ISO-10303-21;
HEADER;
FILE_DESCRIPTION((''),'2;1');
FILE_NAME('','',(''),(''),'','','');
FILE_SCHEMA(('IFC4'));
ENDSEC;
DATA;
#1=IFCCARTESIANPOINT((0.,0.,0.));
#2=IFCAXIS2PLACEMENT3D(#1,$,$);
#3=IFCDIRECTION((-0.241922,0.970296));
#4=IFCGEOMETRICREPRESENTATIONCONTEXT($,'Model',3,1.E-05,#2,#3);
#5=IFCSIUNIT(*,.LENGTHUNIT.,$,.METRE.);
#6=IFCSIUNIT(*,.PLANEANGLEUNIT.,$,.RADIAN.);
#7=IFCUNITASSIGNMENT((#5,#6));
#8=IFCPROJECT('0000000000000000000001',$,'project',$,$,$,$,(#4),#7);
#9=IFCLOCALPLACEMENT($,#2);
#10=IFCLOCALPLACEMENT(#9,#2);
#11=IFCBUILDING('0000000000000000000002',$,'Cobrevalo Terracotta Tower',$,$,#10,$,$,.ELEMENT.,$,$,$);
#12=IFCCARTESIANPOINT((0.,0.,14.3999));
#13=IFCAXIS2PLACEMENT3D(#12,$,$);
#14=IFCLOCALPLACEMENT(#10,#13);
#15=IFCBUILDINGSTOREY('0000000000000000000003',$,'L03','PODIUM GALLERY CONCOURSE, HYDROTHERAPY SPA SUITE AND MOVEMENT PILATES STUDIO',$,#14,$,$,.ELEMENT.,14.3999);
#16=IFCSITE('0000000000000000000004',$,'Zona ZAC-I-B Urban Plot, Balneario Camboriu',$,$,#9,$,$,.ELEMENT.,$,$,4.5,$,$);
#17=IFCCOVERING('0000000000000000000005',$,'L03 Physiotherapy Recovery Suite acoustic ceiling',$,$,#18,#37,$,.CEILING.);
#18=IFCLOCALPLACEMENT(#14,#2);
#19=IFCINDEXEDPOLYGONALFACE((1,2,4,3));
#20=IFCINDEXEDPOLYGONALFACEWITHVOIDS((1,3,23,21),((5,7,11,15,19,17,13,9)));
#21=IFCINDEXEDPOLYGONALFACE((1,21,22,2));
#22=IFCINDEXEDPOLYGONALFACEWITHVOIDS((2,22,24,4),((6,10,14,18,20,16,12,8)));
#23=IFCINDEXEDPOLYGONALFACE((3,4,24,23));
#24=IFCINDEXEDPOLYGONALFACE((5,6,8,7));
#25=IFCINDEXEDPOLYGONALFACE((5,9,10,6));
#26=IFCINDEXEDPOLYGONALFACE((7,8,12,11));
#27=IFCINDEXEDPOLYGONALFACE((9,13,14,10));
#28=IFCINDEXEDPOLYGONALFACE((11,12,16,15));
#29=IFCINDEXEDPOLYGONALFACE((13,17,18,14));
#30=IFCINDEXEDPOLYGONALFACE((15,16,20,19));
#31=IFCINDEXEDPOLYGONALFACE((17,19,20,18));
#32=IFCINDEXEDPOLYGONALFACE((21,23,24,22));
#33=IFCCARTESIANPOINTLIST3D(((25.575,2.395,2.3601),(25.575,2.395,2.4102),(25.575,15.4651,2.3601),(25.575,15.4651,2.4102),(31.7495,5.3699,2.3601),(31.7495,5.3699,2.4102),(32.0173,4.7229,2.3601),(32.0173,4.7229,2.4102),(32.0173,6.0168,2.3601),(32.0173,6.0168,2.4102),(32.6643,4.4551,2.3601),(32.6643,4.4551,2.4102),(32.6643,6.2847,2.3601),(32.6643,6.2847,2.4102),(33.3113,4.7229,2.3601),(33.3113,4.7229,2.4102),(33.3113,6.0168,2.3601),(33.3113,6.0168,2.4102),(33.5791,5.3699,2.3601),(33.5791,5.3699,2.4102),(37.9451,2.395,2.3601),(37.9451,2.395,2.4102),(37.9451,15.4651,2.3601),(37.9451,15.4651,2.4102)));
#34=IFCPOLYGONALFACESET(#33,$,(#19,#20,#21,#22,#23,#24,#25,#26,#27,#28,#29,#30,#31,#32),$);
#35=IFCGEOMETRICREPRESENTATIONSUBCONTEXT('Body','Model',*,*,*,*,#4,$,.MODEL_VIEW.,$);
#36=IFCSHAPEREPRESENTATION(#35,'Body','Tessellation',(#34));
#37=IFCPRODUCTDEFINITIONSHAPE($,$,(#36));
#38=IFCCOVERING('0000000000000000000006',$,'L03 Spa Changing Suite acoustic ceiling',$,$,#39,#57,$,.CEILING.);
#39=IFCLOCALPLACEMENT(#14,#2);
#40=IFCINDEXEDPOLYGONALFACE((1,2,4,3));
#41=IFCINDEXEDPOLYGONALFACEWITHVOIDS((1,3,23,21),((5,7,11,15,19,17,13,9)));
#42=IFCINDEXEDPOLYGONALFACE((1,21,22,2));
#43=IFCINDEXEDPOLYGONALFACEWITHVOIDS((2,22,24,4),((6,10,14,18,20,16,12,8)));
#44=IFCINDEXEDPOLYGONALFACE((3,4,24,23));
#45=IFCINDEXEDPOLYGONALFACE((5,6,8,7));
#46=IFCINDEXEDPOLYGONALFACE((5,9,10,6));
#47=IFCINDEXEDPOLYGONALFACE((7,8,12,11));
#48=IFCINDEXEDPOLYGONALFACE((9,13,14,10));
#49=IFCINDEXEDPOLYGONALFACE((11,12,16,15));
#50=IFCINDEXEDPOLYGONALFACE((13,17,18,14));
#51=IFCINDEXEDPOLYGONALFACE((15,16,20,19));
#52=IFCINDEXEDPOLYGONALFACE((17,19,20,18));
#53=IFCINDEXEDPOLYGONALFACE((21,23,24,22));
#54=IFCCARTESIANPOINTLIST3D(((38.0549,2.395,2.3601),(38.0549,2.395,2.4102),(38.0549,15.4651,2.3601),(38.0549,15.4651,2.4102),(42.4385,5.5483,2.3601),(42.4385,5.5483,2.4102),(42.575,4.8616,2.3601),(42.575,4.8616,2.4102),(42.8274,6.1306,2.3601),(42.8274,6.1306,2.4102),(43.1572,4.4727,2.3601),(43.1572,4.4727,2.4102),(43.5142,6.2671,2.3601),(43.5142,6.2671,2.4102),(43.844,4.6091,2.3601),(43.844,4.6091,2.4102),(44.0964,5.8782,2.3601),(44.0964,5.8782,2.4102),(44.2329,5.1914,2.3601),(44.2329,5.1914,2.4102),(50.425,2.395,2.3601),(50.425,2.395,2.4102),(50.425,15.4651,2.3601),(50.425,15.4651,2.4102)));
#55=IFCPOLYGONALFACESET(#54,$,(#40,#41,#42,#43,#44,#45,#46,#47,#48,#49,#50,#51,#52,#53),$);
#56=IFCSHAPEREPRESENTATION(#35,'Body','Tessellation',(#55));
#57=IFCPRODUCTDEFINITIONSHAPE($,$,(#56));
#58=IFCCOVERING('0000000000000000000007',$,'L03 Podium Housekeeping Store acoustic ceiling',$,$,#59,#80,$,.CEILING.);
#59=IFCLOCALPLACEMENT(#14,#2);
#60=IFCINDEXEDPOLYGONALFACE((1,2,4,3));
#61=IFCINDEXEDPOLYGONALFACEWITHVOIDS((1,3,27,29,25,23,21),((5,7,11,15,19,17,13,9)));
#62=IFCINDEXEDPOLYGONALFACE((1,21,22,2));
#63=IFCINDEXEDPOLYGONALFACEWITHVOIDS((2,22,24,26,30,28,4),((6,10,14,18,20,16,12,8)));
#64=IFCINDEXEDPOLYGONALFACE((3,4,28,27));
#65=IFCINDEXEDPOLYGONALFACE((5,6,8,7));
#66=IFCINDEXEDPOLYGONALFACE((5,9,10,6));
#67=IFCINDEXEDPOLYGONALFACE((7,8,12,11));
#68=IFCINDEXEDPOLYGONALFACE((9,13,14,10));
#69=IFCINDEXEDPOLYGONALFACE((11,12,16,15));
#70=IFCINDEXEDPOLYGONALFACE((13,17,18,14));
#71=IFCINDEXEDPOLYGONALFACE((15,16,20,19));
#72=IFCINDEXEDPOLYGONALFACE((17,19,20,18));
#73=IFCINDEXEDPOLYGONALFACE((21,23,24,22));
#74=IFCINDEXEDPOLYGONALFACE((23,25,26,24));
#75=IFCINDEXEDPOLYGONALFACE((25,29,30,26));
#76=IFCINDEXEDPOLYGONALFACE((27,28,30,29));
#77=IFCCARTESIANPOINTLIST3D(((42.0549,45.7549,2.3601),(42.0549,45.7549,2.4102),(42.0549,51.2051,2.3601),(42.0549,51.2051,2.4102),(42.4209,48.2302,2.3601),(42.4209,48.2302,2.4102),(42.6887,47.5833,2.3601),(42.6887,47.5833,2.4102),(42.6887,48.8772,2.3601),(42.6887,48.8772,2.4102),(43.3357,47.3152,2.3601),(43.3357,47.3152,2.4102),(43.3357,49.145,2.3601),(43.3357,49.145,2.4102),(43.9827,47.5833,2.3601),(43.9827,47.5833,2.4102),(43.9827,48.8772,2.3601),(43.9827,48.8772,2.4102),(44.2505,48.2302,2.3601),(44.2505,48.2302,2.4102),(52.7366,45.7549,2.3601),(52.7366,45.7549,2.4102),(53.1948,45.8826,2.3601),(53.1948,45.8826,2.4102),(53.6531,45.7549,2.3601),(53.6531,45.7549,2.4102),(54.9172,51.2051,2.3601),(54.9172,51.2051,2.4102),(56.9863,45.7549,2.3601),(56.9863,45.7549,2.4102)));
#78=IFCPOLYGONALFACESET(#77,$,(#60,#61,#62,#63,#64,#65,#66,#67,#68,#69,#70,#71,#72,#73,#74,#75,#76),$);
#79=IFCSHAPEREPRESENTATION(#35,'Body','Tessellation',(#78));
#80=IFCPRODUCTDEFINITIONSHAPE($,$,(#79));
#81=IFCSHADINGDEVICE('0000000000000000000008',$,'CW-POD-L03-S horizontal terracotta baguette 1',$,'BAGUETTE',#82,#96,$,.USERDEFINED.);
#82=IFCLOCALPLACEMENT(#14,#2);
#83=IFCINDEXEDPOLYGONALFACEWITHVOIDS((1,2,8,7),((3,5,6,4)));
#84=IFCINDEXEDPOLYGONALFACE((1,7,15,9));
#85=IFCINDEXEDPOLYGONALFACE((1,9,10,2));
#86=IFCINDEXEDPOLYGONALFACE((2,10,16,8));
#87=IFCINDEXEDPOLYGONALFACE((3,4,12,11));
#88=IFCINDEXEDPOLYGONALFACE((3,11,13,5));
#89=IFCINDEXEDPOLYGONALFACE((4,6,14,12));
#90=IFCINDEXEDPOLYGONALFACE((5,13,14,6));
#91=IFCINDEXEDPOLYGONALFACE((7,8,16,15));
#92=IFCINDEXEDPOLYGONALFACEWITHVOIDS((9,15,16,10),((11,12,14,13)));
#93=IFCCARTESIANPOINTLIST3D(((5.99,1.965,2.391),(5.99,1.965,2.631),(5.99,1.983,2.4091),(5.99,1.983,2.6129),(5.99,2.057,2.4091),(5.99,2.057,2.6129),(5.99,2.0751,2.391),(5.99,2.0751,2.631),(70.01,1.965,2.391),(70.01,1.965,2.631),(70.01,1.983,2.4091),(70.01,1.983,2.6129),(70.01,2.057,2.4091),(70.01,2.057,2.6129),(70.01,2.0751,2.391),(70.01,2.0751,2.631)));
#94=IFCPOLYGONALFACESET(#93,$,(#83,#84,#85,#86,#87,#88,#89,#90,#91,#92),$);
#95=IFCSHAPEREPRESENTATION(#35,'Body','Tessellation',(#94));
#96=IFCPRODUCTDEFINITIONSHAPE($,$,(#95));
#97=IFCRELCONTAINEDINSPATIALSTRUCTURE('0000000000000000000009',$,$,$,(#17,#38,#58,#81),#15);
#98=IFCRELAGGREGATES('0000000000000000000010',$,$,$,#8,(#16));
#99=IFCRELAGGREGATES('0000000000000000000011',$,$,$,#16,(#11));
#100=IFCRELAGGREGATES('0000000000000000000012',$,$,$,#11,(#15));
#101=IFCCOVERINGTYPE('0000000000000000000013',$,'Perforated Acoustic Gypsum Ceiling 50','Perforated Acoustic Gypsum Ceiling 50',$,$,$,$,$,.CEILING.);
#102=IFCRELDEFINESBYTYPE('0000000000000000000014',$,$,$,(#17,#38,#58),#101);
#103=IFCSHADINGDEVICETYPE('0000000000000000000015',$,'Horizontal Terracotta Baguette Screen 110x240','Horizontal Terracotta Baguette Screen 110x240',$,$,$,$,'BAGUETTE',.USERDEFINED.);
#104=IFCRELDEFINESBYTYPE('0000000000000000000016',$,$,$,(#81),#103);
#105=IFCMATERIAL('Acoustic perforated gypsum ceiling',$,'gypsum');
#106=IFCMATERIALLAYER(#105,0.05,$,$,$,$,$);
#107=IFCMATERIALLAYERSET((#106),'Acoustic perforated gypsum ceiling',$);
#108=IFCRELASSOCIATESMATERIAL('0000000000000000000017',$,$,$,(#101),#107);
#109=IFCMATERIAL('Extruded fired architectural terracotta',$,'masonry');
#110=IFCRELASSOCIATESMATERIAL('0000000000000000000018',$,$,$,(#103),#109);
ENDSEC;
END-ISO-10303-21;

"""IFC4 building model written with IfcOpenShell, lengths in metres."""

from ifc_helpers import new_model, si_unit, direction, frame, origin, origin_2d, place, context, subcontext, project, spatial, polyline, hollow_rectangle, outline, extrude, source, transform, mapped, material, layer, layer_set, material_profile, profile_set, type_object, element, save


model = new_model("IFC4")

# Units and contexts
model_context = context("Model", 3, precision=1e-05, world=origin(), true_north=direction((-0.241922, 0.970296)))
body_context = subcontext(model_context, "Body", "Model", "MODEL_VIEW")
ifc_project = project(units=[si_unit("LENGTHUNIT", "METRE"), si_unit("PLANEANGLEUNIT", "RADIAN")], contexts=[model_context])

# Site, building, storey
site_placement = place(None, origin())
site = spatial("IfcSite", under=ifc_project, at=site_placement, Name="Zona ZAC-I-B Urban Plot, Balneario Camboriu", CompositionType="ELEMENT", RefElevation=4.5)
building_placement = place(site_placement, origin())
building = spatial("IfcBuilding", under=site, at=building_placement, Name="Cobrevalo Terracotta Tower", CompositionType="ELEMENT")
storey_placement = place(building_placement, frame((0.0, 0.0, 14.3999)))
storey = spatial("IfcBuildingStorey", under=building, at=storey_placement, Name="L03", Description="PODIUM GALLERY CONCOURSE, HYDROTHERAPY SPA SUITE AND MOVEMENT PILATES STUDIO", CompositionType="ELEMENT", Elevation=14.3999)

# Coverings
ifc_material_1 = material(Name="Acoustic perforated gypsum ceiling", Category="gypsum")
ifc_layer_1 = layer(ifc_material_1, 0.05)
ifc_layer_set_1 = layer_set([ifc_layer_1], Name="Acoustic perforated gypsum ceiling")
covering_type_1 = type_object("IfcCoveringType", Name="Perforated Acoustic Gypsum Ceiling 50", Description="Perforated Acoustic Gypsum Ceiling 50", PredefinedType="CEILING", material=ifc_layer_set_1)
covering_1_placement = place(storey_placement, frame((0.0, 0.0, 2.3601)))
element("IfcCovering", 1, at=covering_1_placement, inside=storey, type_object=covering_type_1, Name="L03 Physiotherapy Recovery Suite acoustic ceiling", PredefinedType="CEILING", context=body_context, shape_type="SweptSolid", body=[
    extrude(outline(polyline([(25.575, 15.4651), (37.9451, 15.4651), (37.9451, 2.395), (25.575, 2.395), (25.575, 15.4651)]), holes=[polyline([(33.3113, 4.7229), (33.5791, 5.3699), (33.3113, 6.0168), (32.6643, 6.2847), (32.0173, 6.0168), (31.7495, 5.3699), (32.0173, 4.7229), (32.6643, 4.4551), (33.3113, 4.7229)])]), origin(), (0.0, 0.0, 1.0), 0.05),
])
covering_2_placement = place(storey_placement, frame((0.0, 0.0, 2.3601)))
element("IfcCovering", 2, at=covering_2_placement, inside=storey, type_object=covering_type_1, Name="L03 Spa Changing Suite acoustic ceiling", PredefinedType="CEILING", context=body_context, shape_type="SweptSolid", body=[
    extrude(outline(polyline([(38.0549, 15.4651), (50.425, 15.4651), (50.425, 2.395), (38.0549, 2.395), (38.0549, 15.4651)]), holes=[polyline([(43.844, 4.6091), (44.2329, 5.1914), (44.0964, 5.8782), (43.5142, 6.2671), (42.8274, 6.1306), (42.4385, 5.5483), (42.575, 4.8616), (43.1572, 4.4727), (43.844, 4.6091)])]), origin(), (0.0, 0.0, 1.0), 0.05),
])
covering_3_placement = place(storey_placement, frame((0.0, 0.0, 2.3601)))
element("IfcCovering", 3, at=covering_3_placement, inside=storey, type_object=covering_type_1, Name="L03 Podium Housekeeping Store acoustic ceiling", PredefinedType="CEILING", context=body_context, shape_type="SweptSolid", body=[
    extrude(outline(polyline([(56.9863, 45.7549), (53.6531, 45.7549), (53.1948, 45.8826), (52.7366, 45.7549), (42.0549, 45.7549), (42.0549, 51.2051), (54.9172, 51.2051), (56.9863, 45.7549)]), holes=[polyline([(43.9827, 47.5833), (44.2505, 48.2302), (43.9827, 48.8772), (43.3357, 49.145), (42.6887, 48.8772), (42.4209, 48.2302), (42.6887, 47.5833), (43.3357, 47.3152), (43.9827, 47.5833)])]), origin(), (0.0, 0.0, 1.0), 0.05),
])

# Shading device
ifc_material_2 = material(Name="Extruded fired architectural terracotta", Category="masonry")
ifc_material_profile_1 = material_profile(ifc_material_2, hollow_rectangle(XDim=0.1101, YDim=0.24, WallThickness=0.0181, at=origin_2d()), Name="BAGUETTE 110x240")
ifc_profile_set_1 = profile_set([ifc_material_profile_1], Name="Extruded fired architectural terracotta")
shading_device_type = type_object("IfcShadingDeviceType", Name="Horizontal Terracotta Baguette Screen 110x240", Description="Horizontal Terracotta Baguette Screen 110x240", ElementType="BAGUETTE", PredefinedType="USERDEFINED", material=ifc_profile_set_1)
shared_shape = source(origin(), body_context, "Body", "SweptSolid", [
    extrude(hollow_rectangle(XDim=0.1101, YDim=0.24, WallThickness=0.0181, at=origin_2d()), origin(), (0.0, 0.0, 1.0), 64.02),
])
shading_device_placement = place(storey_placement, frame((5.99, 2.02, 2.511), z_axis=(1.0, 0.0, 0.0), x_axis=(0.0, 1.0, 0.0)))
element("IfcShadingDevice", 4, at=shading_device_placement, inside=storey, type_object=shading_device_type, Name="CW-POD-L03-S horizontal terracotta baguette 1", ObjectType="BAGUETTE", PredefinedType="USERDEFINED", context=body_context, shape_type="MappedRepresentation", body=[
    mapped(shared_shape, transform((0.0, 0.0, 0.0), scale=1.0)),
])

save(model, "model.ifc")
